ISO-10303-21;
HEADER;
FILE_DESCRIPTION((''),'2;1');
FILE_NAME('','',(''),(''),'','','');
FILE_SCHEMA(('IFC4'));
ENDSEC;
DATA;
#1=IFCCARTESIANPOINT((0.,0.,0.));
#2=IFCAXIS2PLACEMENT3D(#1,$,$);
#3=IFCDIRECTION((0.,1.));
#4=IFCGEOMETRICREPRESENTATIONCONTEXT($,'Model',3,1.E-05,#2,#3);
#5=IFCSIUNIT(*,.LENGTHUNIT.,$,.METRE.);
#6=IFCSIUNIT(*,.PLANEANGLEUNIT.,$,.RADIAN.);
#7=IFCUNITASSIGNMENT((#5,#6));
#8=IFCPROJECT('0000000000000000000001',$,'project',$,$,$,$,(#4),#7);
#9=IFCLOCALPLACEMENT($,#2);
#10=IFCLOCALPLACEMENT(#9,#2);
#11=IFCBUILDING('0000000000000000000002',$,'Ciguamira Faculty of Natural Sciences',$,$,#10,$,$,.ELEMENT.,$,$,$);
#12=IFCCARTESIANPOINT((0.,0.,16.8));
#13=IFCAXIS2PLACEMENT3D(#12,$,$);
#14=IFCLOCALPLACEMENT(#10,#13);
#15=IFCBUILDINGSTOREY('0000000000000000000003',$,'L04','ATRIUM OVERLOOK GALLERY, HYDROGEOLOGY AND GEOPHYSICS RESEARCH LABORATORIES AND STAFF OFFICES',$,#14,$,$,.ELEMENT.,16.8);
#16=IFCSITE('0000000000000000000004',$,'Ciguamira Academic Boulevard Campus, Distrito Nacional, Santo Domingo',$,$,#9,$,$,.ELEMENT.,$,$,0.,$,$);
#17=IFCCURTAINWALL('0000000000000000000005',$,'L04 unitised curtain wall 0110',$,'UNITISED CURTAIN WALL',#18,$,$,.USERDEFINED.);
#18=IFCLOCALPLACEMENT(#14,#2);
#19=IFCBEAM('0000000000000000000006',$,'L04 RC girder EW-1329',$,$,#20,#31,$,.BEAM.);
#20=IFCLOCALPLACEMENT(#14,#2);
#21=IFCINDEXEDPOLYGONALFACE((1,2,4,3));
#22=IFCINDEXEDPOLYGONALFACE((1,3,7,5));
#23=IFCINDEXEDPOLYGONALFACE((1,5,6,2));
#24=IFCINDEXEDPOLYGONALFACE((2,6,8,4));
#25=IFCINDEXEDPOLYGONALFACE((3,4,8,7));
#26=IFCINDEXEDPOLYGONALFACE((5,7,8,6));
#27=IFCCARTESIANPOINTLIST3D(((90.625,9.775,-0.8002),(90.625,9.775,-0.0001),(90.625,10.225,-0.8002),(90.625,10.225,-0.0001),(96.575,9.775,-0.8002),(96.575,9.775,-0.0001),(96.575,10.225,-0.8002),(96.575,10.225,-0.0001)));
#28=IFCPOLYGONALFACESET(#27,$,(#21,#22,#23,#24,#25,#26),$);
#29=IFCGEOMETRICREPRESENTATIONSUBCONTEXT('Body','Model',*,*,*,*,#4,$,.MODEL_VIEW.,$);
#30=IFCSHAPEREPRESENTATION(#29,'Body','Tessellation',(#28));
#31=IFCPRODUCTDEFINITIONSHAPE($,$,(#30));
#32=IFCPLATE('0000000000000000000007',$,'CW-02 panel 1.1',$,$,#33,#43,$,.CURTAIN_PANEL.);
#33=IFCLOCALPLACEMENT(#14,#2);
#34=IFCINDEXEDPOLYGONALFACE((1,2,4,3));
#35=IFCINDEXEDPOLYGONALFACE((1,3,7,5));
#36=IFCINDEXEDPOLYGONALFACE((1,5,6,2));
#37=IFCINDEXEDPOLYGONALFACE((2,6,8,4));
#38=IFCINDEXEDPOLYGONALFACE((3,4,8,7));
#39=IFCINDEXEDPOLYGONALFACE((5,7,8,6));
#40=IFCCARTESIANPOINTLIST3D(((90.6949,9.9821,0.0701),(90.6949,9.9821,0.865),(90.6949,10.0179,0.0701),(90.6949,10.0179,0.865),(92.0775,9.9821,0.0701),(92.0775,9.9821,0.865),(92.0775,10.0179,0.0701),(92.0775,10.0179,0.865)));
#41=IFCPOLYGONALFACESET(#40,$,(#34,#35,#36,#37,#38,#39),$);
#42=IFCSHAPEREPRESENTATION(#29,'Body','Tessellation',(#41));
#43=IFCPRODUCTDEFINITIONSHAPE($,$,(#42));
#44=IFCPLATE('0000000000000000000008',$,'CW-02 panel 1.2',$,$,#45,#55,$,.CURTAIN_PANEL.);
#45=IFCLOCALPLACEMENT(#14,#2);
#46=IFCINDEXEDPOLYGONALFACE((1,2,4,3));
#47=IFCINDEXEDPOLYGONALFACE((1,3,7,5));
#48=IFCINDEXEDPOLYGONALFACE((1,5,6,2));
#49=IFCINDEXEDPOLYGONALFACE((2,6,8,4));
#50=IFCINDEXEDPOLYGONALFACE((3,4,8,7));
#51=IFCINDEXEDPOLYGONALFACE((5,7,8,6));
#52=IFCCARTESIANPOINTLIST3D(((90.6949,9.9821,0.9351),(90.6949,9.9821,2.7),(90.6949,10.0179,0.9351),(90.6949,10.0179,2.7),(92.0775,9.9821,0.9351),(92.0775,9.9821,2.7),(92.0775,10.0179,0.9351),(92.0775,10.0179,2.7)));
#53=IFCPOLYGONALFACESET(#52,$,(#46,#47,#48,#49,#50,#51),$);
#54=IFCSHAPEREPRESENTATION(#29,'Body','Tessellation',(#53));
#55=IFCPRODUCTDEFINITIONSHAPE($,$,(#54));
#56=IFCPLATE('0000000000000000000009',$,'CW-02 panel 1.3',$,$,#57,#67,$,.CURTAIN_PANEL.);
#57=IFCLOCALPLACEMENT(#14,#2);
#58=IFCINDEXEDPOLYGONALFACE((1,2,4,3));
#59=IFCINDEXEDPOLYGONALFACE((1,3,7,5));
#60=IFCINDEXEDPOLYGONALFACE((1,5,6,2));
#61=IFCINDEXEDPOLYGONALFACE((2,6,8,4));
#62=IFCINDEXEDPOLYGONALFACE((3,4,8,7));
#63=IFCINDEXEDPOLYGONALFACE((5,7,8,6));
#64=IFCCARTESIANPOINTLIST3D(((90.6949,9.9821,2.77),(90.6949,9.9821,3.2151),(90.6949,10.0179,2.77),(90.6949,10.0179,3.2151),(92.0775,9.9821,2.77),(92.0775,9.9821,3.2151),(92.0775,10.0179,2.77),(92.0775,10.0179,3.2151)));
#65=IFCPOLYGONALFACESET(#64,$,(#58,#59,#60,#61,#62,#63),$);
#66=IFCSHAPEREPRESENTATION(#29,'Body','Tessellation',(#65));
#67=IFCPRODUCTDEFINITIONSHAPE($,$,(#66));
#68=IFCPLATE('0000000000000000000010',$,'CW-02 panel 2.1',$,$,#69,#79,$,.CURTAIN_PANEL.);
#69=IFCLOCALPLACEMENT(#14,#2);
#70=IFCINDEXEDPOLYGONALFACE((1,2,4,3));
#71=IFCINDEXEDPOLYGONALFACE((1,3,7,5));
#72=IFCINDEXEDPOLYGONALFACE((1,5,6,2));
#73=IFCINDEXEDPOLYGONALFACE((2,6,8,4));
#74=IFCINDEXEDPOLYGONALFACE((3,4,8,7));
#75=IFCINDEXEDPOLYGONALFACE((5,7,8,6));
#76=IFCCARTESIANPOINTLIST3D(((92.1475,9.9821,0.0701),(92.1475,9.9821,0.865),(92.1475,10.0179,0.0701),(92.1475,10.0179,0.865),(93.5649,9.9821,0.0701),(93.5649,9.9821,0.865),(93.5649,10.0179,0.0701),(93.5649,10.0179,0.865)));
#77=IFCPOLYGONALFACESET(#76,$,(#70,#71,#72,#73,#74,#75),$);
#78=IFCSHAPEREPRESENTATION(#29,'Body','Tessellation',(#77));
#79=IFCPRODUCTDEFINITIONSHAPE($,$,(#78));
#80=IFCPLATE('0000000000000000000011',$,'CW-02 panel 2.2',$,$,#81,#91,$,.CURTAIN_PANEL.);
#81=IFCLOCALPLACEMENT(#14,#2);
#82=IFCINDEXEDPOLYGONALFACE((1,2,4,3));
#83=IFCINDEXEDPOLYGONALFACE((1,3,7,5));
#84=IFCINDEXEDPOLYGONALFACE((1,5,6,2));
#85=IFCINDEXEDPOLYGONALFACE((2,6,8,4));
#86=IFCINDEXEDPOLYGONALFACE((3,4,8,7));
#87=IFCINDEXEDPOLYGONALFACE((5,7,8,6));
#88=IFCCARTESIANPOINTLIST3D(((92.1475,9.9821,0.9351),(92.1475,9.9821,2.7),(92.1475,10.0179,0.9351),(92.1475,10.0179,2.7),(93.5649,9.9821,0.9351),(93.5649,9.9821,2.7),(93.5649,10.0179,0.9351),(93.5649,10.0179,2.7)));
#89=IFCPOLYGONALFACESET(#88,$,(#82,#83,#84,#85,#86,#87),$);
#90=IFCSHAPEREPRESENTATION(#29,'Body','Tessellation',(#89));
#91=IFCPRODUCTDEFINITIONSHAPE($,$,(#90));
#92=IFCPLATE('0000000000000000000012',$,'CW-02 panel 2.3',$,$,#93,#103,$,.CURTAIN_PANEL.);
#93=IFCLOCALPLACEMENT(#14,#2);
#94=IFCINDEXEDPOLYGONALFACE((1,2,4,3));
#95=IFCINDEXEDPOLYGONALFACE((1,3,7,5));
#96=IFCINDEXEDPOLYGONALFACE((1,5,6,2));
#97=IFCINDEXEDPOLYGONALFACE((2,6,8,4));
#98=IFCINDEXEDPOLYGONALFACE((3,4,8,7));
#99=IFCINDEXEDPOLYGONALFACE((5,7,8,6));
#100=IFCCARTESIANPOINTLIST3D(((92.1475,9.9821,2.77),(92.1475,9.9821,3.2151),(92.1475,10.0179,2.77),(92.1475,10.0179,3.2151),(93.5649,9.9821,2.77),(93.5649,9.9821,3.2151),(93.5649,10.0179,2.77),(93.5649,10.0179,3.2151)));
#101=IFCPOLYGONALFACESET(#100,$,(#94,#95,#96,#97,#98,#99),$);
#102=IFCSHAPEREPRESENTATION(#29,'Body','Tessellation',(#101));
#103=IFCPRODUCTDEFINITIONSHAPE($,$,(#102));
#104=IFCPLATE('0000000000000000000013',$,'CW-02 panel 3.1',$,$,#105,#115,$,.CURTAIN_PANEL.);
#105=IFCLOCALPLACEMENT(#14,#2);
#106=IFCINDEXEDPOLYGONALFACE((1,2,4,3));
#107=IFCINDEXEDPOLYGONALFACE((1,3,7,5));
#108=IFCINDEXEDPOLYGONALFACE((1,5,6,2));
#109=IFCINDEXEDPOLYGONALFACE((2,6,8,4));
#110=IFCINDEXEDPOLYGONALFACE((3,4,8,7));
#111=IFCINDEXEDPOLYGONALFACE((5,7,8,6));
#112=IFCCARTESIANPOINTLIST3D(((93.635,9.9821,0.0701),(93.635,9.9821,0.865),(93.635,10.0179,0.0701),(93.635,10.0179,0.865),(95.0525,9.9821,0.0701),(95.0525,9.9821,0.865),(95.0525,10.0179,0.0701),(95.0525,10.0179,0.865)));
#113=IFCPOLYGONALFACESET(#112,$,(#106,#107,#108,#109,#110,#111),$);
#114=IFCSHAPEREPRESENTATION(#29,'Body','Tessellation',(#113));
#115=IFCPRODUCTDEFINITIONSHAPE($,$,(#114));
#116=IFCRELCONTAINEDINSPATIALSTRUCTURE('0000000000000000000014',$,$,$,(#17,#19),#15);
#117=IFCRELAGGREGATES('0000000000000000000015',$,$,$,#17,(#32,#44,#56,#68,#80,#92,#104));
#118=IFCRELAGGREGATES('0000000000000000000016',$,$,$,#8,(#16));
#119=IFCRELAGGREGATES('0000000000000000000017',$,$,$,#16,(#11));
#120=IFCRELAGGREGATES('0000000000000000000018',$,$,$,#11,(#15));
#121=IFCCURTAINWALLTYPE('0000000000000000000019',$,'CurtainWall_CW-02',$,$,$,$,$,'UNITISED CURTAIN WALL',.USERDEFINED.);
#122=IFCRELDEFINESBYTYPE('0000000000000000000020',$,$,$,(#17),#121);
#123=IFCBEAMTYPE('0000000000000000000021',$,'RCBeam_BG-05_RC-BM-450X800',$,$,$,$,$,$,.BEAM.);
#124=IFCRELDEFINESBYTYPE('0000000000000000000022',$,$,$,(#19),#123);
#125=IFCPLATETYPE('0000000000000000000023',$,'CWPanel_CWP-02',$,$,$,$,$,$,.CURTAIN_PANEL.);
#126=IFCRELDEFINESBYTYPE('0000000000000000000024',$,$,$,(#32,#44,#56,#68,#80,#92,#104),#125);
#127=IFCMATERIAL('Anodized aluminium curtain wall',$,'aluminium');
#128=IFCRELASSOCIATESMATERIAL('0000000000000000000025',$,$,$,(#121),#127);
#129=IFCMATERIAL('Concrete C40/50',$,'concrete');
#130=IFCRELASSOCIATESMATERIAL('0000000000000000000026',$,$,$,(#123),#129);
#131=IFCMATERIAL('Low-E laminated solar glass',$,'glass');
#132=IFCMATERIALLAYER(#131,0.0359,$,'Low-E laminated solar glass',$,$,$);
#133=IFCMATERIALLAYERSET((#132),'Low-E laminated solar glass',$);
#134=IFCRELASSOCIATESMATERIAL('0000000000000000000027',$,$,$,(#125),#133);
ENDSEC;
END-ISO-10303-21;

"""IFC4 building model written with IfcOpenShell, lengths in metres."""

from ifc_helpers import new_model, si_unit, direction, frame, origin, origin_2d, place, context, subcontext, project, spatial, rectangle, extrude, material, layer, layer_set, material_profile, profile_set, type_object, element, aggregate, save


model = new_model("IFC4")

# Units and contexts
model_context = context("Model", 3, precision=1e-05, world=origin(), true_north=direction((0.0, 1.0)))
body_context = subcontext(model_context, "Body", "Model", "MODEL_VIEW")
ifc_project = project(units=[si_unit("LENGTHUNIT", "METRE"), si_unit("PLANEANGLEUNIT", "RADIAN")], contexts=[model_context])

# Site, building, storey
site_placement = place(None, origin())
site = spatial("IfcSite", under=ifc_project, at=site_placement, Name="Ciguamira Academic Boulevard Campus, Distrito Nacional, Santo Domingo", CompositionType="ELEMENT", RefElevation=0.0)
building_placement = place(site_placement, origin())
building = spatial("IfcBuilding", under=site, at=building_placement, Name="Ciguamira Faculty of Natural Sciences", CompositionType="ELEMENT")
storey_placement = place(building_placement, frame((0.0, 0.0, 16.8)))
storey = spatial("IfcBuildingStorey", under=building, at=storey_placement, Name="L04", Description="ATRIUM OVERLOOK GALLERY, HYDROGEOLOGY AND GEOPHYSICS RESEARCH LABORATORIES AND STAFF OFFICES", CompositionType="ELEMENT", Elevation=16.8)

# Curtain wall
ifc_material_1 = material(Name="Anodized aluminium curtain wall", Category="aluminium")
curtain_wall_type = type_object("IfcCurtainWallType", Name="CurtainWall_CW-02", ElementType="UNITISED CURTAIN WALL", PredefinedType="USERDEFINED", material=ifc_material_1)
curtain_wall_placement = place(storey_placement, origin())
curtain_wall = element("IfcCurtainWall", 1, at=curtain_wall_placement, inside=storey, type_object=curtain_wall_type, Name="L04 unitised curtain wall 0110", ObjectType="UNITISED CURTAIN WALL", PredefinedType="USERDEFINED")

# Beam
ifc_material_2 = material(Name="Concrete C40/50", Category="concrete")
ifc_material_profile_1 = material_profile(ifc_material_2, rectangle(XDim=0.45, YDim=0.8, at=origin_2d()), Name="RC-BM-450X800")
ifc_profile_set_1 = profile_set([ifc_material_profile_1], Name="Concrete C40/50")
beam_type = type_object("IfcBeamType", Name="RCBeam_BG-05_RC-BM-450X800", PredefinedType="BEAM", material=ifc_profile_set_1)
beam_placement = place(storey_placement, frame((90.625, 10.0, -0.4001), z_axis=(1.0, 0.0, 0.0), x_axis=(0.0, 1.0, 0.0)))
element("IfcBeam", 2, at=beam_placement, inside=storey, type_object=beam_type, Name="L04 RC girder EW-1329", PredefinedType="BEAM", context=body_context, shape_type="SweptSolid", body=[
    extrude(rectangle(XDim=0.45, YDim=0.8, at=origin_2d()), origin(), (0.0, 0.0, 1.0), 5.95),
])

# Plates
ifc_material_3 = material(Name="Low-E laminated solar glass", Category="glass")
ifc_layer = layer(ifc_material_3, 0.0359, Name="Low-E laminated solar glass")
ifc_layer_set = layer_set([ifc_layer], Name="Low-E laminated solar glass")
plate_type = type_object("IfcPlateType", Name="CWPanel_CWP-02", PredefinedType="CURTAIN_PANEL", material=ifc_layer_set)
plate_1_placement = place(storey_placement, frame((91.3862, 10.0, 0.0701), z_axis=(0.0, 0.0, 1.0), x_axis=(1.0, 0.0, 0.0)))
plate_1 = element("IfcPlate", 3, at=plate_1_placement, type_object=plate_type, Name="CW-02 panel 1.1", PredefinedType="CURTAIN_PANEL", context=body_context, shape_type="SweptSolid", body=[
    extrude(rectangle(XDim=1.3826, YDim=0.0359, at=origin_2d()), origin(), (0.0, 0.0, 1.0), 0.7949),
])
plate_2_placement = place(storey_placement, frame((91.3862, 10.0, 0.9351), z_axis=(0.0, 0.0, 1.0), x_axis=(1.0, 0.0, 0.0)))
plate_2 = element("IfcPlate", 4, at=plate_2_placement, type_object=plate_type, Name="CW-02 panel 1.2", PredefinedType="CURTAIN_PANEL", context=body_context, shape_type="SweptSolid", body=[
    extrude(rectangle(XDim=1.3826, YDim=0.0359, at=origin_2d()), origin(), (0.0, 0.0, 1.0), 1.7649),
])
plate_3_placement = place(storey_placement, frame((91.3862, 10.0, 2.77), z_axis=(0.0, 0.0, 1.0), x_axis=(1.0, 0.0, 0.0)))
plate_3 = element("IfcPlate", 5, at=plate_3_placement, type_object=plate_type, Name="CW-02 panel 1.3", PredefinedType="CURTAIN_PANEL", context=body_context, shape_type="SweptSolid", body=[
    extrude(rectangle(XDim=1.3826, YDim=0.0359, at=origin_2d()), origin(), (0.0, 0.0, 1.0), 0.4451),
])
plate_4_placement = place(storey_placement, frame((92.8562, 10.0, 0.0701), z_axis=(0.0, 0.0, 1.0), x_axis=(1.0, 0.0, 0.0)))
plate_4 = element("IfcPlate", 6, at=plate_4_placement, type_object=plate_type, Name="CW-02 panel 2.1", PredefinedType="CURTAIN_PANEL", context=body_context, shape_type="SweptSolid", body=[
    extrude(rectangle(XDim=1.4175, YDim=0.0359, at=origin_2d()), origin(), (0.0, 0.0, 1.0), 0.7949),
])
plate_5_placement = place(storey_placement, frame((92.8562, 10.0, 0.9351), z_axis=(0.0, 0.0, 1.0), x_axis=(1.0, 0.0, 0.0)))
plate_5 = element("IfcPlate", 7, at=plate_5_placement, type_object=plate_type, Name="CW-02 panel 2.2", PredefinedType="CURTAIN_PANEL", context=body_context, shape_type="SweptSolid", body=[
    extrude(rectangle(XDim=1.4175, YDim=0.0359, at=origin_2d()), origin(), (0.0, 0.0, 1.0), 1.7649),
])
plate_6_placement = place(storey_placement, frame((92.8562, 10.0, 2.77), z_axis=(0.0, 0.0, 1.0), x_axis=(1.0, 0.0, 0.0)))
plate_6 = element("IfcPlate", 8, at=plate_6_placement, type_object=plate_type, Name="CW-02 panel 2.3", PredefinedType="CURTAIN_PANEL", context=body_context, shape_type="SweptSolid", body=[
    extrude(rectangle(XDim=1.4175, YDim=0.0359, at=origin_2d()), origin(), (0.0, 0.0, 1.0), 0.4451),
])
plate_7_placement = place(storey_placement, frame((94.3438, 10.0, 0.0701), z_axis=(0.0, 0.0, 1.0), x_axis=(1.0, 0.0, 0.0)))
plate_7 = element("IfcPlate", 9, at=plate_7_placement, type_object=plate_type, Name="CW-02 panel 3.1", PredefinedType="CURTAIN_PANEL", context=body_context, shape_type="SweptSolid", body=[
    extrude(rectangle(XDim=1.4175, YDim=0.0359, at=origin_2d()), origin(), (0.0, 0.0, 1.0), 0.7949),
])
aggregate(curtain_wall, [plate_1, plate_2, plate_3, plate_4, plate_5, plate_6, plate_7])

save(model, "model.ifc")
